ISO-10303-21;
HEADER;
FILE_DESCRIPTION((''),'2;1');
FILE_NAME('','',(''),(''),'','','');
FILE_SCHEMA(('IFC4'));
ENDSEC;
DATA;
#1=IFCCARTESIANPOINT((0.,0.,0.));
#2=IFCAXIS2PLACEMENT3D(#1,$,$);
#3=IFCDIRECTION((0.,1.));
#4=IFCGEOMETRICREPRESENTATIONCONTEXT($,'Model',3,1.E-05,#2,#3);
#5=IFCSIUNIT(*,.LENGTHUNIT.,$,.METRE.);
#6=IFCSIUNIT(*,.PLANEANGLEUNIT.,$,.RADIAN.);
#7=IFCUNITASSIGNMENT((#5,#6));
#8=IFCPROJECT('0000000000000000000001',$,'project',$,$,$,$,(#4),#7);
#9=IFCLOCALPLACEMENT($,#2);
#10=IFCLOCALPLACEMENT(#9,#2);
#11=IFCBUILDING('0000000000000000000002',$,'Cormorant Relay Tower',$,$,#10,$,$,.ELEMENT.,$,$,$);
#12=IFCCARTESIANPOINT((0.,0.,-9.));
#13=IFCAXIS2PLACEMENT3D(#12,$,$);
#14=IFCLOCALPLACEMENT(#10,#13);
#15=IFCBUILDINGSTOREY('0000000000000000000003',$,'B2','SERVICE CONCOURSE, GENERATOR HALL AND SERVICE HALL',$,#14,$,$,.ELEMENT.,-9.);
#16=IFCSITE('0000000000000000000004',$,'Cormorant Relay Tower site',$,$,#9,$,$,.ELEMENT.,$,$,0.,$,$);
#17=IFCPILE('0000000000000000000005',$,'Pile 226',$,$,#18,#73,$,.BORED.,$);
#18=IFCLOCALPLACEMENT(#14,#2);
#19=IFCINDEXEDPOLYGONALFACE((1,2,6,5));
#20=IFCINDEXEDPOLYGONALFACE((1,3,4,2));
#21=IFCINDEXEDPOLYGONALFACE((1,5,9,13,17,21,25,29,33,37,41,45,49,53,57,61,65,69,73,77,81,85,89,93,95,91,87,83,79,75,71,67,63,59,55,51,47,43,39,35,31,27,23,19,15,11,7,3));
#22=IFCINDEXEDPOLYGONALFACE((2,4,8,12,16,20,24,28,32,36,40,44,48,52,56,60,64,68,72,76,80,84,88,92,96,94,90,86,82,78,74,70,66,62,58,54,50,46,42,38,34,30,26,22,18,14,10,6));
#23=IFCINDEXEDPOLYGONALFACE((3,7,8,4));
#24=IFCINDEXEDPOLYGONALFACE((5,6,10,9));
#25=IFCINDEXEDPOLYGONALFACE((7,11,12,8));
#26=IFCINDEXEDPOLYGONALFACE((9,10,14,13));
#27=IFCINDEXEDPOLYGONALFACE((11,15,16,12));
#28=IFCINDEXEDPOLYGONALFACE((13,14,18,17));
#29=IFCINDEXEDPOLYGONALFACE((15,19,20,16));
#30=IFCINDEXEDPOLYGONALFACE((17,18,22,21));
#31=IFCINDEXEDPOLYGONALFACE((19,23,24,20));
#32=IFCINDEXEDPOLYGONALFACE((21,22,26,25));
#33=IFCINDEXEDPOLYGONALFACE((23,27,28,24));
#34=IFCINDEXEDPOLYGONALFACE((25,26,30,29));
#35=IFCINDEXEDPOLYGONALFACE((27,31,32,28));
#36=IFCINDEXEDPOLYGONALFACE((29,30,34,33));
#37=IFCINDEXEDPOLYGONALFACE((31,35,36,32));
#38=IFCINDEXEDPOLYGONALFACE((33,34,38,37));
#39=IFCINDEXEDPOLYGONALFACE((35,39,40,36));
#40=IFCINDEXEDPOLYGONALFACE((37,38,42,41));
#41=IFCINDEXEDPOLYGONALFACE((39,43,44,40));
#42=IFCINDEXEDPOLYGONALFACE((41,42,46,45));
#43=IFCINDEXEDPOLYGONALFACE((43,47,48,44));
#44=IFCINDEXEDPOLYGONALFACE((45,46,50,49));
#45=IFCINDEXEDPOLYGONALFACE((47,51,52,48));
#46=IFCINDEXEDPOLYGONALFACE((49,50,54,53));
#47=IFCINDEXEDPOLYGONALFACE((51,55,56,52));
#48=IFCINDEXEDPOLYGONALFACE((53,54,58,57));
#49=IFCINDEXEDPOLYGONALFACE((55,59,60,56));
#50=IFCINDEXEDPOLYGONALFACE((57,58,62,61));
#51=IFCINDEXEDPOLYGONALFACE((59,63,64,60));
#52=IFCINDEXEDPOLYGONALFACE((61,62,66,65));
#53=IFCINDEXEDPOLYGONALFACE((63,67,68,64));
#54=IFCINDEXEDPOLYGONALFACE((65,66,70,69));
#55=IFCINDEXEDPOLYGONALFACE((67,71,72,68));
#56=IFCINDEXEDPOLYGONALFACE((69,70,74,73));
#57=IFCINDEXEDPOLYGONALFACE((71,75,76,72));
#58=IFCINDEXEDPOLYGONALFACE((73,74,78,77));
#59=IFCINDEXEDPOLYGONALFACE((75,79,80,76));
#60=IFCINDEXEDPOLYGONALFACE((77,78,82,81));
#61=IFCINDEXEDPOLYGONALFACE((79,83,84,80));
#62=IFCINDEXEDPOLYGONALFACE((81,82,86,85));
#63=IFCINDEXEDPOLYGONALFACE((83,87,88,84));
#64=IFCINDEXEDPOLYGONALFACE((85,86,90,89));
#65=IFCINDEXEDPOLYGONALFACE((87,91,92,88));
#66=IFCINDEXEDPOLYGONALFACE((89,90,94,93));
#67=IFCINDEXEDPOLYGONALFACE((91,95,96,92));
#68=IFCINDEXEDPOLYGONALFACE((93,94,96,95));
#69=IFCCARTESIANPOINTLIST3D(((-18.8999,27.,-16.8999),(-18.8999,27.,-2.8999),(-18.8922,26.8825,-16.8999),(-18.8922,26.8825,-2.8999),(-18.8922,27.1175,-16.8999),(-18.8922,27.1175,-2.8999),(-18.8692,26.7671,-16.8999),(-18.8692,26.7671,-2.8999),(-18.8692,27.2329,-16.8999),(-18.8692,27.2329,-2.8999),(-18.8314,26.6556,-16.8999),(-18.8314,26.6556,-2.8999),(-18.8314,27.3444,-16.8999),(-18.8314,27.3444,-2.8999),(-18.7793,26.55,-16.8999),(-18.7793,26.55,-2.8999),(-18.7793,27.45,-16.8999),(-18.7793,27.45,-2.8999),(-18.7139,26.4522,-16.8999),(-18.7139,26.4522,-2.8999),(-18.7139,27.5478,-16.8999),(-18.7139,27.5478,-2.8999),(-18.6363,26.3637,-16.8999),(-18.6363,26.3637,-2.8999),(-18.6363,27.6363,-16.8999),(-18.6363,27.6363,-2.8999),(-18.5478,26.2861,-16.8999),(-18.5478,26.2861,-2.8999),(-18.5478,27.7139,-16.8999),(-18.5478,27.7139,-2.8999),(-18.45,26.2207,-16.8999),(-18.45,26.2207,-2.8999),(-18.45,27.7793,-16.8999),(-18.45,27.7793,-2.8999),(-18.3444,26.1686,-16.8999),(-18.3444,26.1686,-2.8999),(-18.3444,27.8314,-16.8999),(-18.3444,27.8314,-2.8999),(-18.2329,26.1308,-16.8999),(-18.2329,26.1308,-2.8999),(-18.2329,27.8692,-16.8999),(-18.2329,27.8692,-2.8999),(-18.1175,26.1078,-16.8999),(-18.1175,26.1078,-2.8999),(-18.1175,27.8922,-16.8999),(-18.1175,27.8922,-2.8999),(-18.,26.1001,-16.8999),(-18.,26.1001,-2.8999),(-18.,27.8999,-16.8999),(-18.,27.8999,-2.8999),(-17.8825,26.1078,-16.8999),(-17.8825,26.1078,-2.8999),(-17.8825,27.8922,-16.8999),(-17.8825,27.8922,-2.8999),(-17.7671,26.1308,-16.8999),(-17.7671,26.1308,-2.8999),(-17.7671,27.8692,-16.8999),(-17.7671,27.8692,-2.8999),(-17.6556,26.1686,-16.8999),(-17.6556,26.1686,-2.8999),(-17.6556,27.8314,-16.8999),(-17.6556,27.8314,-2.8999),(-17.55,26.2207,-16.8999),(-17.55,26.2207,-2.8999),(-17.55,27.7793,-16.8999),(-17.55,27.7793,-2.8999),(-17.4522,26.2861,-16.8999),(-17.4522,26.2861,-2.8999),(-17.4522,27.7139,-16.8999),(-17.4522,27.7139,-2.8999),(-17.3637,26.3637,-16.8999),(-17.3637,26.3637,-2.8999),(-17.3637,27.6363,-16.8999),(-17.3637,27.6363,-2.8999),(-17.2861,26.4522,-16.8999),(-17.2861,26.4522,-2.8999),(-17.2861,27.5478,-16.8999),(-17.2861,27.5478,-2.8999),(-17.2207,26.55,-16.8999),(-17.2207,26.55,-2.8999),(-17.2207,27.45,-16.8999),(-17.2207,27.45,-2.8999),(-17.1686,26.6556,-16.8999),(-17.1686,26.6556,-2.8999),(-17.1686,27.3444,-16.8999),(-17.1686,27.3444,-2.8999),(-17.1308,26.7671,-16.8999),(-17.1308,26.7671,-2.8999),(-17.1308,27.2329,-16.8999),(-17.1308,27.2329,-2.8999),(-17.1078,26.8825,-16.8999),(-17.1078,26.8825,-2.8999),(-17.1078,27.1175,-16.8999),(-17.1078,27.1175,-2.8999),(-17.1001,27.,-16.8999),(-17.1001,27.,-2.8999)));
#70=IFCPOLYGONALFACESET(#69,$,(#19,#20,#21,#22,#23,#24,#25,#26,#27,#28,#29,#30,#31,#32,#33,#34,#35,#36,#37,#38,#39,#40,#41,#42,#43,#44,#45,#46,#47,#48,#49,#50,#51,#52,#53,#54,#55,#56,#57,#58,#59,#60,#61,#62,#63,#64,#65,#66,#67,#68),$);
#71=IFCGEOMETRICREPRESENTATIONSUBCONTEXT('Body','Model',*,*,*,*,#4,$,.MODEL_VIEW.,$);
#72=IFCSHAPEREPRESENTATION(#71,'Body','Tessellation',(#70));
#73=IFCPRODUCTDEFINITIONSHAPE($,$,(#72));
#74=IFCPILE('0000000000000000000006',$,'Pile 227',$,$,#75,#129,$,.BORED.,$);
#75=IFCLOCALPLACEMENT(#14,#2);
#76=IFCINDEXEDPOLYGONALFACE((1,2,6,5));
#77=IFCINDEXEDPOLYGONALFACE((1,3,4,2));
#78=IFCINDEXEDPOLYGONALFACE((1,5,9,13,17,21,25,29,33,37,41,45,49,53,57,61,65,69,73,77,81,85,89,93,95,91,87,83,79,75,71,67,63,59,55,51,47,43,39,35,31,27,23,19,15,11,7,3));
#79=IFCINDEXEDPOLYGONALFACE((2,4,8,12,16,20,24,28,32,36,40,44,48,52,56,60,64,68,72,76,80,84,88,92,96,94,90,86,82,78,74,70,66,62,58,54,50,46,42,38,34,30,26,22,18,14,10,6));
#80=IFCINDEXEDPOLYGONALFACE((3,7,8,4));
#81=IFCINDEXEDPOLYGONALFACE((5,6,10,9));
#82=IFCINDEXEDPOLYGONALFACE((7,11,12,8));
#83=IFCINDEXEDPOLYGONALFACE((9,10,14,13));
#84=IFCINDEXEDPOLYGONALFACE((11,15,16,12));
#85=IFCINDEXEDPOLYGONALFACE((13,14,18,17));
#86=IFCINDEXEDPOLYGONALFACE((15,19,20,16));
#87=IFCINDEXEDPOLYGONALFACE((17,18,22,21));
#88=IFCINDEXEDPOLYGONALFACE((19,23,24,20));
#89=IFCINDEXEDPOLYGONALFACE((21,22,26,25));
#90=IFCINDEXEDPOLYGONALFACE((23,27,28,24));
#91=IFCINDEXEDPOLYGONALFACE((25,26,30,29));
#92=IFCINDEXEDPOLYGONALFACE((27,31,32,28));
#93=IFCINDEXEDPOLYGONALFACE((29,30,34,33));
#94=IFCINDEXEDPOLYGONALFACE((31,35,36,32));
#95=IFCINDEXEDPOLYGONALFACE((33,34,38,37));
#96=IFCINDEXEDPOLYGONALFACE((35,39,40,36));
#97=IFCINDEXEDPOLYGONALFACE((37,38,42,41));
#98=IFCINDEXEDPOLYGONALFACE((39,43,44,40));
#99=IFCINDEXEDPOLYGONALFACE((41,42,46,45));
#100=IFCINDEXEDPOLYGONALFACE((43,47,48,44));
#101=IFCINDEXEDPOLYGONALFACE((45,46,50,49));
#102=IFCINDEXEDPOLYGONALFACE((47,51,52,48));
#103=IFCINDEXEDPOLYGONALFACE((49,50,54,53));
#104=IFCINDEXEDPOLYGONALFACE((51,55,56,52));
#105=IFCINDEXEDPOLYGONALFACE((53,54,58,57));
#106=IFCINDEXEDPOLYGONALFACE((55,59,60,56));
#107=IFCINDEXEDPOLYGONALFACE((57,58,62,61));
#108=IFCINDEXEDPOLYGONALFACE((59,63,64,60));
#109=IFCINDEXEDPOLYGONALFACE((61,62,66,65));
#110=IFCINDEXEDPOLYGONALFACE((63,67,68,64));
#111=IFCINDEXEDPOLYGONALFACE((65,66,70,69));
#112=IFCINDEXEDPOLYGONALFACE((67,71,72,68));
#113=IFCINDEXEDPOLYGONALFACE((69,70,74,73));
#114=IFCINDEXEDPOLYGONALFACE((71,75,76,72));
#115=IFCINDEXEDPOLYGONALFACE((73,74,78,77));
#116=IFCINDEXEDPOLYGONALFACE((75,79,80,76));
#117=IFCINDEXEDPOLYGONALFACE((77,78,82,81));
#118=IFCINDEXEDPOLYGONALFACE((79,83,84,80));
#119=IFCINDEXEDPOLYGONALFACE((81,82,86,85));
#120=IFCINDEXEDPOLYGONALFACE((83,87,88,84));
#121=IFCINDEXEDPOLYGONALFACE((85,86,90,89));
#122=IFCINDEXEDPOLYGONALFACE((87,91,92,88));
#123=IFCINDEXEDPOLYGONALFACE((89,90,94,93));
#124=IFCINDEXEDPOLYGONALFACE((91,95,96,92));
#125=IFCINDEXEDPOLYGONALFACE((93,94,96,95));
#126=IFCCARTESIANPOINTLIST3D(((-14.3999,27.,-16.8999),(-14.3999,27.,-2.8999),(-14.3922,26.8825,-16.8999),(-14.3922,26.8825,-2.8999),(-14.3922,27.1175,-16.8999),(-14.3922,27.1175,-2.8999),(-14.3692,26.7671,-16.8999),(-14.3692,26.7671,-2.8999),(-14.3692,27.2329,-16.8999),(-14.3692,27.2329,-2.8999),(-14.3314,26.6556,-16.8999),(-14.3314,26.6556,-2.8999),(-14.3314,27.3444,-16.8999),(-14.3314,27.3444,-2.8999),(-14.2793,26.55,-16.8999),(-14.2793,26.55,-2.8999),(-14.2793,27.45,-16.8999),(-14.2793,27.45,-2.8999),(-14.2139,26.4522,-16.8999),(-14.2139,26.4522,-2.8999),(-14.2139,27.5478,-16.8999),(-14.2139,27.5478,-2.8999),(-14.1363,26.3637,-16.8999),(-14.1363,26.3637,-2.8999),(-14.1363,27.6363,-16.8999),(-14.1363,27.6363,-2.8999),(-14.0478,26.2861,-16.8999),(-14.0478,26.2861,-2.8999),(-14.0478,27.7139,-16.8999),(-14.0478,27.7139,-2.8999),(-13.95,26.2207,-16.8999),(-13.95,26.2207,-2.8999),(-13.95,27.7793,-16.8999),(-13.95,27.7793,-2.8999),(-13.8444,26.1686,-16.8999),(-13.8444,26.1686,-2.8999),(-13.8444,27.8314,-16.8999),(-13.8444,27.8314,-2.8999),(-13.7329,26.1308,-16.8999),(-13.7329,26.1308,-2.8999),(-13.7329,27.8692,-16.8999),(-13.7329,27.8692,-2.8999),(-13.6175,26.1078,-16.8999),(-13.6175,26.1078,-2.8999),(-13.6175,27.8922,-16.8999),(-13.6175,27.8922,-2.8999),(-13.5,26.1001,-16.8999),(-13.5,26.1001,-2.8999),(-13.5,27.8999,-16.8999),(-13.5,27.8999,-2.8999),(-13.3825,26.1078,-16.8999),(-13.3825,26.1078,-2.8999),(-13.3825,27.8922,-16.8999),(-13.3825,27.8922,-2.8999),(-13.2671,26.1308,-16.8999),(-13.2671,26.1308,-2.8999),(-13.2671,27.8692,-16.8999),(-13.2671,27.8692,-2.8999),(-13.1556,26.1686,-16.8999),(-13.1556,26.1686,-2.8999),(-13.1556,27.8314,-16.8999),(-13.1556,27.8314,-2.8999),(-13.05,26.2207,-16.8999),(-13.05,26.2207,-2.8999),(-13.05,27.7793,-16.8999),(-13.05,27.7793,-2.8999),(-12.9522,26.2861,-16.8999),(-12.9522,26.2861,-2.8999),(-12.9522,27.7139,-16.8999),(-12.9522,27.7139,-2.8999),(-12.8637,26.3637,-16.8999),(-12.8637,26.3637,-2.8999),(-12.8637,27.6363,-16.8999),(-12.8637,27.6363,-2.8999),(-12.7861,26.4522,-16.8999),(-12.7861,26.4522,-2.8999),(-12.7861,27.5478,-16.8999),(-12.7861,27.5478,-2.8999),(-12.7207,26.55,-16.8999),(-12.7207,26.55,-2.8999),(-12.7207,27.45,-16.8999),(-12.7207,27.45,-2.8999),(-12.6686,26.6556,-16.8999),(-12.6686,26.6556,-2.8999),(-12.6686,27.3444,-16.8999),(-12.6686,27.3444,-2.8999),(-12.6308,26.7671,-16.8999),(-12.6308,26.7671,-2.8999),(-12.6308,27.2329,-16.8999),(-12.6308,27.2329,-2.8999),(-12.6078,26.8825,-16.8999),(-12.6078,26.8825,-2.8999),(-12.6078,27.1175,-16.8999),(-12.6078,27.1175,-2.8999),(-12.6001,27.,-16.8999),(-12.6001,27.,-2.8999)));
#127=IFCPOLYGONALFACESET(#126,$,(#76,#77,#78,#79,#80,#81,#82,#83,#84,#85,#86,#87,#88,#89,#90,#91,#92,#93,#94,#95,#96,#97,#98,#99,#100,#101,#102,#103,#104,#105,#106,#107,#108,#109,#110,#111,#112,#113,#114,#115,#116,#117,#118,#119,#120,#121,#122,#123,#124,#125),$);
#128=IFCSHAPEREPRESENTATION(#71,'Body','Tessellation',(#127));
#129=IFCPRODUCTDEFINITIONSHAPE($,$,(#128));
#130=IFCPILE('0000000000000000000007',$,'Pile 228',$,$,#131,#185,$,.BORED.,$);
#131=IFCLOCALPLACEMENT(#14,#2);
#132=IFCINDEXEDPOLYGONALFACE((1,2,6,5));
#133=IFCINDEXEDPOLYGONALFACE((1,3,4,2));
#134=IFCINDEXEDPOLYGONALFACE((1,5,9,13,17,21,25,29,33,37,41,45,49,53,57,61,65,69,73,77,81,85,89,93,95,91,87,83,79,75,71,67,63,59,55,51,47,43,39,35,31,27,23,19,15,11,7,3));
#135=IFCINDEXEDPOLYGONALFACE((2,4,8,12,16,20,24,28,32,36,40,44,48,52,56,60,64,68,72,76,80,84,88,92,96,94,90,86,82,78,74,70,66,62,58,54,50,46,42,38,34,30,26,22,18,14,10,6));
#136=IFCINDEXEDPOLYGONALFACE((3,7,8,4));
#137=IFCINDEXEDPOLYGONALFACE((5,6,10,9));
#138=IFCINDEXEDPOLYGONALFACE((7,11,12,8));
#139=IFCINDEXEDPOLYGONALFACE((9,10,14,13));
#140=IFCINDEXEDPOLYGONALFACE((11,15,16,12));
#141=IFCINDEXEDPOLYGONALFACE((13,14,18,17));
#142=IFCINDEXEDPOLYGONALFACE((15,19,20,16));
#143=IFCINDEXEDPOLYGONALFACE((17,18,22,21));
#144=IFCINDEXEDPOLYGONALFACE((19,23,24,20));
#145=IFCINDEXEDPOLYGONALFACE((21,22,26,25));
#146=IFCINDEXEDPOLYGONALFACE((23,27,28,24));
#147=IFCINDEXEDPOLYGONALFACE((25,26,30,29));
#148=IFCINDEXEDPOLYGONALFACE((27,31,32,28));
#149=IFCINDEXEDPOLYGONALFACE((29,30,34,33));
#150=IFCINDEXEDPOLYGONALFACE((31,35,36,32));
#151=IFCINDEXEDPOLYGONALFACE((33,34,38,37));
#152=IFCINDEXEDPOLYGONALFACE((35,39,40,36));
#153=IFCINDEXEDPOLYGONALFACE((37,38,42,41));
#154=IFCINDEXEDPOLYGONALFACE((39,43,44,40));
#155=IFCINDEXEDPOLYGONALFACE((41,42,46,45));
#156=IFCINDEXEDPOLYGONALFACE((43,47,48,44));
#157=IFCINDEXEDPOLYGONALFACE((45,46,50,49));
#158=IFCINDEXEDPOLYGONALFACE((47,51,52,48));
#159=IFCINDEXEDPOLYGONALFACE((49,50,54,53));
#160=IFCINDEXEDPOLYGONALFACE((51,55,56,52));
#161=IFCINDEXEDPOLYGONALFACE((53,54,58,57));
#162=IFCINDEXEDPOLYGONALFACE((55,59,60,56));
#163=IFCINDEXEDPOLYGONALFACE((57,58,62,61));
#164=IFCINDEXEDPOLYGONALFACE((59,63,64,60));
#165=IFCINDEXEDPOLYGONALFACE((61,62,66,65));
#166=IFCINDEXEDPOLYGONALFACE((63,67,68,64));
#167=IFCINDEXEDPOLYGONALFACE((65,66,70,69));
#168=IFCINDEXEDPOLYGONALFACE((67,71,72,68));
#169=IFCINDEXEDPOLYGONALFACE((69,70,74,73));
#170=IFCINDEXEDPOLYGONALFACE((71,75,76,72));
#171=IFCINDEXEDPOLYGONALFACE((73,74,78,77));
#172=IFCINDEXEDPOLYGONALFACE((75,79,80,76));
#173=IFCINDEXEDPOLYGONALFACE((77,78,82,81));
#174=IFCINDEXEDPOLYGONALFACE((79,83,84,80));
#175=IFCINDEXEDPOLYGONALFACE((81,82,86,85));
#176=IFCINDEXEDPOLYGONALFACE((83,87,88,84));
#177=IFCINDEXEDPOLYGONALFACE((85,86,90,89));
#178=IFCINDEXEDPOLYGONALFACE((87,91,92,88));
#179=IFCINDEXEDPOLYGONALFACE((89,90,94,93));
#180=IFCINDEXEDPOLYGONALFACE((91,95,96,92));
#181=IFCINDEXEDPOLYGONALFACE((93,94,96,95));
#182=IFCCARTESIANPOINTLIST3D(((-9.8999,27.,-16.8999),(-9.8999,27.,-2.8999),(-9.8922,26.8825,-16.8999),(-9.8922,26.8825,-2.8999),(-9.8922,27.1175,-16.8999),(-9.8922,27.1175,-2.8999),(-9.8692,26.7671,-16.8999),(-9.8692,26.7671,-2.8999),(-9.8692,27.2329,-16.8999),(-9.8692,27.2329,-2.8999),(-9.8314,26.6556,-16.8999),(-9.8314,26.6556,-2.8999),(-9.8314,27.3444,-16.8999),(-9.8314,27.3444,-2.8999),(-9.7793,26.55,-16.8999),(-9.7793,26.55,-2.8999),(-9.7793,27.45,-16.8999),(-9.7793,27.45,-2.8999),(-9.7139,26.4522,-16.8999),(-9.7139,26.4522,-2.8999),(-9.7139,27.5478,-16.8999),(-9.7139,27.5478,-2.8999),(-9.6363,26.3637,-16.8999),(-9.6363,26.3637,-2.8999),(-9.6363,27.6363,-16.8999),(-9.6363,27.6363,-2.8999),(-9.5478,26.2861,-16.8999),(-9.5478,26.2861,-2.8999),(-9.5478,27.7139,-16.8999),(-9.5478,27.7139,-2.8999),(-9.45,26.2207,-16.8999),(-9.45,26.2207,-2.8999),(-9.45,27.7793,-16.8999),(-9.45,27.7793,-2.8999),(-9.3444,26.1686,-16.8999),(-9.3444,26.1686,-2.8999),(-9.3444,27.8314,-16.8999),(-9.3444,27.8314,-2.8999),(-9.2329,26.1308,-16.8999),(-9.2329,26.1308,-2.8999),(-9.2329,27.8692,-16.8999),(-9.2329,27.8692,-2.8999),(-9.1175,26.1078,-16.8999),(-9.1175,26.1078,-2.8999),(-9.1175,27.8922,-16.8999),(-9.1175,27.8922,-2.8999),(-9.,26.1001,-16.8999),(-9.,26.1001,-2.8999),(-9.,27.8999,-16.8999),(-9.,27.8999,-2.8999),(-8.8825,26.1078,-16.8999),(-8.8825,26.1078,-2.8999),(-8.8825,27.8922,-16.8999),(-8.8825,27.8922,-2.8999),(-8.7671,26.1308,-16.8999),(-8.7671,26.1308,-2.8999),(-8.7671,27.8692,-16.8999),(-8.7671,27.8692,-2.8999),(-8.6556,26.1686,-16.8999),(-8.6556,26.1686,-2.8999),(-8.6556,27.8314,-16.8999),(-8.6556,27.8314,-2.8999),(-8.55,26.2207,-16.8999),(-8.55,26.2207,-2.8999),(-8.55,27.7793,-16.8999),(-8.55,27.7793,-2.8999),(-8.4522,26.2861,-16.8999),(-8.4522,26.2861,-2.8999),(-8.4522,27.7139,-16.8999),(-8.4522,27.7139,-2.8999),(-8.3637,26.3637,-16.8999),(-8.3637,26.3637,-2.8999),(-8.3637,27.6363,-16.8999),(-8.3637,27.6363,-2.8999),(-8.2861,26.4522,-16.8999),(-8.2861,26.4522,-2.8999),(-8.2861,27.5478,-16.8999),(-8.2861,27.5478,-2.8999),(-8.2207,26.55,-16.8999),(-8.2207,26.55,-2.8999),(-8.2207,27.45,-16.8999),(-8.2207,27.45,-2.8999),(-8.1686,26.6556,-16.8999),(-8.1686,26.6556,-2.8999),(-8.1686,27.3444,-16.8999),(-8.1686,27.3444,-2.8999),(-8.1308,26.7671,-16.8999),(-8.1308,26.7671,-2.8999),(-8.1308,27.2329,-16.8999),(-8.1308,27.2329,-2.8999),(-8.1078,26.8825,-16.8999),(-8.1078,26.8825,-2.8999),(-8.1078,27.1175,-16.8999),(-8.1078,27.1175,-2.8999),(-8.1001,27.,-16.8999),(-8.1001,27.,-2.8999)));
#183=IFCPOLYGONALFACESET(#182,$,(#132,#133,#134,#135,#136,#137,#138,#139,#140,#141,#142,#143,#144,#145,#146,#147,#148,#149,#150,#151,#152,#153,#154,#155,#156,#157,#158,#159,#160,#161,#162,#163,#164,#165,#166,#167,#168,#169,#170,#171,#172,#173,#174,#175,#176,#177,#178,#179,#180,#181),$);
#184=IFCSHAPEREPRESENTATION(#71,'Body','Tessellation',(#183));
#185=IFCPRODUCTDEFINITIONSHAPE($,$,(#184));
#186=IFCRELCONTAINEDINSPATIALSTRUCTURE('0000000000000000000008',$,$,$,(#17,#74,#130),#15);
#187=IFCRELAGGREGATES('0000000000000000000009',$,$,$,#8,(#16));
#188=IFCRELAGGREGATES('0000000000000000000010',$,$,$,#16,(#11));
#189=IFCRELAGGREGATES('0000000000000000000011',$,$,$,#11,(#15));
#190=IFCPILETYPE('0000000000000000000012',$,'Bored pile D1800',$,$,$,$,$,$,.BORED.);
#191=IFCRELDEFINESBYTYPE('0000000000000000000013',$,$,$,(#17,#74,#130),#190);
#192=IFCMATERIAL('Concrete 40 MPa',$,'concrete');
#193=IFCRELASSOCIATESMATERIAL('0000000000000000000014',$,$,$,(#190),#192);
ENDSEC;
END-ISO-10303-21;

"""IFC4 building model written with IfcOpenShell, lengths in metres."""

from ifc_helpers import new_model, si_unit, direction, frame, origin, origin_2d, place, context, subcontext, project, spatial, circle, extrude, material, material_profile, profile_set, type_object, element, save


model = new_model("IFC4")

# Units and contexts
model_context = context("Model", 3, precision=1e-05, world=origin(), true_north=direction((0.0, 1.0)))
body_context = subcontext(model_context, "Body", "Model", "MODEL_VIEW")
ifc_project = project(units=[si_unit("LENGTHUNIT", "METRE"), si_unit("PLANEANGLEUNIT", "RADIAN")], contexts=[model_context])

# Site, building, storey
site_placement = place(None, origin())
site = spatial("IfcSite", under=ifc_project, at=site_placement, Name="Cormorant Relay Tower site", CompositionType="ELEMENT", RefElevation=0.0)
building_placement = place(site_placement, origin())
building = spatial("IfcBuilding", under=site, at=building_placement, Name="Cormorant Relay Tower", CompositionType="ELEMENT")
storey_placement = place(building_placement, frame((0.0, 0.0, -9.0)))
storey = spatial("IfcBuildingStorey", under=building, at=storey_placement, Name="B2", Description="SERVICE CONCOURSE, GENERATOR HALL AND SERVICE HALL", CompositionType="ELEMENT", Elevation=-9.0)

# Piles
ifc_material_1 = material(Name="Concrete 40 MPa", Category="concrete")
ifc_material_profile_1 = material_profile(ifc_material_1, circle(Radius=0.8999, at=origin_2d()), Name="BP1800")
ifc_profile_set_1 = profile_set([ifc_material_profile_1], Name="Concrete 40 MPa")
pile_type = type_object("IfcPileType", Name="Bored pile D1800", PredefinedType="BORED", material=ifc_profile_set_1)
for number, where, z_axis, x_axis, name in (
    (1, (-18.0, 27.0, -2.8999), (0.0, 0.0, -1.0), (1.0, 0.0, 0.0), "Pile 226"),
    (2, (-13.5, 27.0, -2.8999), (0.0, 0.0, -1.0), (1.0, 0.0, 0.0), "Pile 227"),
    (3, (-9.0, 27.0, -2.8999), (0.0, 0.0, -1.0), (1.0, 0.0, 0.0), "Pile 228"),
):
    element("IfcPile", number, at=place(storey_placement, frame(where, z_axis=z_axis, x_axis=x_axis)), inside=storey, type_object=pile_type, Name=name, PredefinedType="BORED", context=body_context, shape_type="SweptSolid", body=[
        extrude(circle(Radius=0.8999, at=origin_2d()), origin(), (0.0, 0.0, 1.0), 14.0),
    ])

save(model, "model.ifc")
